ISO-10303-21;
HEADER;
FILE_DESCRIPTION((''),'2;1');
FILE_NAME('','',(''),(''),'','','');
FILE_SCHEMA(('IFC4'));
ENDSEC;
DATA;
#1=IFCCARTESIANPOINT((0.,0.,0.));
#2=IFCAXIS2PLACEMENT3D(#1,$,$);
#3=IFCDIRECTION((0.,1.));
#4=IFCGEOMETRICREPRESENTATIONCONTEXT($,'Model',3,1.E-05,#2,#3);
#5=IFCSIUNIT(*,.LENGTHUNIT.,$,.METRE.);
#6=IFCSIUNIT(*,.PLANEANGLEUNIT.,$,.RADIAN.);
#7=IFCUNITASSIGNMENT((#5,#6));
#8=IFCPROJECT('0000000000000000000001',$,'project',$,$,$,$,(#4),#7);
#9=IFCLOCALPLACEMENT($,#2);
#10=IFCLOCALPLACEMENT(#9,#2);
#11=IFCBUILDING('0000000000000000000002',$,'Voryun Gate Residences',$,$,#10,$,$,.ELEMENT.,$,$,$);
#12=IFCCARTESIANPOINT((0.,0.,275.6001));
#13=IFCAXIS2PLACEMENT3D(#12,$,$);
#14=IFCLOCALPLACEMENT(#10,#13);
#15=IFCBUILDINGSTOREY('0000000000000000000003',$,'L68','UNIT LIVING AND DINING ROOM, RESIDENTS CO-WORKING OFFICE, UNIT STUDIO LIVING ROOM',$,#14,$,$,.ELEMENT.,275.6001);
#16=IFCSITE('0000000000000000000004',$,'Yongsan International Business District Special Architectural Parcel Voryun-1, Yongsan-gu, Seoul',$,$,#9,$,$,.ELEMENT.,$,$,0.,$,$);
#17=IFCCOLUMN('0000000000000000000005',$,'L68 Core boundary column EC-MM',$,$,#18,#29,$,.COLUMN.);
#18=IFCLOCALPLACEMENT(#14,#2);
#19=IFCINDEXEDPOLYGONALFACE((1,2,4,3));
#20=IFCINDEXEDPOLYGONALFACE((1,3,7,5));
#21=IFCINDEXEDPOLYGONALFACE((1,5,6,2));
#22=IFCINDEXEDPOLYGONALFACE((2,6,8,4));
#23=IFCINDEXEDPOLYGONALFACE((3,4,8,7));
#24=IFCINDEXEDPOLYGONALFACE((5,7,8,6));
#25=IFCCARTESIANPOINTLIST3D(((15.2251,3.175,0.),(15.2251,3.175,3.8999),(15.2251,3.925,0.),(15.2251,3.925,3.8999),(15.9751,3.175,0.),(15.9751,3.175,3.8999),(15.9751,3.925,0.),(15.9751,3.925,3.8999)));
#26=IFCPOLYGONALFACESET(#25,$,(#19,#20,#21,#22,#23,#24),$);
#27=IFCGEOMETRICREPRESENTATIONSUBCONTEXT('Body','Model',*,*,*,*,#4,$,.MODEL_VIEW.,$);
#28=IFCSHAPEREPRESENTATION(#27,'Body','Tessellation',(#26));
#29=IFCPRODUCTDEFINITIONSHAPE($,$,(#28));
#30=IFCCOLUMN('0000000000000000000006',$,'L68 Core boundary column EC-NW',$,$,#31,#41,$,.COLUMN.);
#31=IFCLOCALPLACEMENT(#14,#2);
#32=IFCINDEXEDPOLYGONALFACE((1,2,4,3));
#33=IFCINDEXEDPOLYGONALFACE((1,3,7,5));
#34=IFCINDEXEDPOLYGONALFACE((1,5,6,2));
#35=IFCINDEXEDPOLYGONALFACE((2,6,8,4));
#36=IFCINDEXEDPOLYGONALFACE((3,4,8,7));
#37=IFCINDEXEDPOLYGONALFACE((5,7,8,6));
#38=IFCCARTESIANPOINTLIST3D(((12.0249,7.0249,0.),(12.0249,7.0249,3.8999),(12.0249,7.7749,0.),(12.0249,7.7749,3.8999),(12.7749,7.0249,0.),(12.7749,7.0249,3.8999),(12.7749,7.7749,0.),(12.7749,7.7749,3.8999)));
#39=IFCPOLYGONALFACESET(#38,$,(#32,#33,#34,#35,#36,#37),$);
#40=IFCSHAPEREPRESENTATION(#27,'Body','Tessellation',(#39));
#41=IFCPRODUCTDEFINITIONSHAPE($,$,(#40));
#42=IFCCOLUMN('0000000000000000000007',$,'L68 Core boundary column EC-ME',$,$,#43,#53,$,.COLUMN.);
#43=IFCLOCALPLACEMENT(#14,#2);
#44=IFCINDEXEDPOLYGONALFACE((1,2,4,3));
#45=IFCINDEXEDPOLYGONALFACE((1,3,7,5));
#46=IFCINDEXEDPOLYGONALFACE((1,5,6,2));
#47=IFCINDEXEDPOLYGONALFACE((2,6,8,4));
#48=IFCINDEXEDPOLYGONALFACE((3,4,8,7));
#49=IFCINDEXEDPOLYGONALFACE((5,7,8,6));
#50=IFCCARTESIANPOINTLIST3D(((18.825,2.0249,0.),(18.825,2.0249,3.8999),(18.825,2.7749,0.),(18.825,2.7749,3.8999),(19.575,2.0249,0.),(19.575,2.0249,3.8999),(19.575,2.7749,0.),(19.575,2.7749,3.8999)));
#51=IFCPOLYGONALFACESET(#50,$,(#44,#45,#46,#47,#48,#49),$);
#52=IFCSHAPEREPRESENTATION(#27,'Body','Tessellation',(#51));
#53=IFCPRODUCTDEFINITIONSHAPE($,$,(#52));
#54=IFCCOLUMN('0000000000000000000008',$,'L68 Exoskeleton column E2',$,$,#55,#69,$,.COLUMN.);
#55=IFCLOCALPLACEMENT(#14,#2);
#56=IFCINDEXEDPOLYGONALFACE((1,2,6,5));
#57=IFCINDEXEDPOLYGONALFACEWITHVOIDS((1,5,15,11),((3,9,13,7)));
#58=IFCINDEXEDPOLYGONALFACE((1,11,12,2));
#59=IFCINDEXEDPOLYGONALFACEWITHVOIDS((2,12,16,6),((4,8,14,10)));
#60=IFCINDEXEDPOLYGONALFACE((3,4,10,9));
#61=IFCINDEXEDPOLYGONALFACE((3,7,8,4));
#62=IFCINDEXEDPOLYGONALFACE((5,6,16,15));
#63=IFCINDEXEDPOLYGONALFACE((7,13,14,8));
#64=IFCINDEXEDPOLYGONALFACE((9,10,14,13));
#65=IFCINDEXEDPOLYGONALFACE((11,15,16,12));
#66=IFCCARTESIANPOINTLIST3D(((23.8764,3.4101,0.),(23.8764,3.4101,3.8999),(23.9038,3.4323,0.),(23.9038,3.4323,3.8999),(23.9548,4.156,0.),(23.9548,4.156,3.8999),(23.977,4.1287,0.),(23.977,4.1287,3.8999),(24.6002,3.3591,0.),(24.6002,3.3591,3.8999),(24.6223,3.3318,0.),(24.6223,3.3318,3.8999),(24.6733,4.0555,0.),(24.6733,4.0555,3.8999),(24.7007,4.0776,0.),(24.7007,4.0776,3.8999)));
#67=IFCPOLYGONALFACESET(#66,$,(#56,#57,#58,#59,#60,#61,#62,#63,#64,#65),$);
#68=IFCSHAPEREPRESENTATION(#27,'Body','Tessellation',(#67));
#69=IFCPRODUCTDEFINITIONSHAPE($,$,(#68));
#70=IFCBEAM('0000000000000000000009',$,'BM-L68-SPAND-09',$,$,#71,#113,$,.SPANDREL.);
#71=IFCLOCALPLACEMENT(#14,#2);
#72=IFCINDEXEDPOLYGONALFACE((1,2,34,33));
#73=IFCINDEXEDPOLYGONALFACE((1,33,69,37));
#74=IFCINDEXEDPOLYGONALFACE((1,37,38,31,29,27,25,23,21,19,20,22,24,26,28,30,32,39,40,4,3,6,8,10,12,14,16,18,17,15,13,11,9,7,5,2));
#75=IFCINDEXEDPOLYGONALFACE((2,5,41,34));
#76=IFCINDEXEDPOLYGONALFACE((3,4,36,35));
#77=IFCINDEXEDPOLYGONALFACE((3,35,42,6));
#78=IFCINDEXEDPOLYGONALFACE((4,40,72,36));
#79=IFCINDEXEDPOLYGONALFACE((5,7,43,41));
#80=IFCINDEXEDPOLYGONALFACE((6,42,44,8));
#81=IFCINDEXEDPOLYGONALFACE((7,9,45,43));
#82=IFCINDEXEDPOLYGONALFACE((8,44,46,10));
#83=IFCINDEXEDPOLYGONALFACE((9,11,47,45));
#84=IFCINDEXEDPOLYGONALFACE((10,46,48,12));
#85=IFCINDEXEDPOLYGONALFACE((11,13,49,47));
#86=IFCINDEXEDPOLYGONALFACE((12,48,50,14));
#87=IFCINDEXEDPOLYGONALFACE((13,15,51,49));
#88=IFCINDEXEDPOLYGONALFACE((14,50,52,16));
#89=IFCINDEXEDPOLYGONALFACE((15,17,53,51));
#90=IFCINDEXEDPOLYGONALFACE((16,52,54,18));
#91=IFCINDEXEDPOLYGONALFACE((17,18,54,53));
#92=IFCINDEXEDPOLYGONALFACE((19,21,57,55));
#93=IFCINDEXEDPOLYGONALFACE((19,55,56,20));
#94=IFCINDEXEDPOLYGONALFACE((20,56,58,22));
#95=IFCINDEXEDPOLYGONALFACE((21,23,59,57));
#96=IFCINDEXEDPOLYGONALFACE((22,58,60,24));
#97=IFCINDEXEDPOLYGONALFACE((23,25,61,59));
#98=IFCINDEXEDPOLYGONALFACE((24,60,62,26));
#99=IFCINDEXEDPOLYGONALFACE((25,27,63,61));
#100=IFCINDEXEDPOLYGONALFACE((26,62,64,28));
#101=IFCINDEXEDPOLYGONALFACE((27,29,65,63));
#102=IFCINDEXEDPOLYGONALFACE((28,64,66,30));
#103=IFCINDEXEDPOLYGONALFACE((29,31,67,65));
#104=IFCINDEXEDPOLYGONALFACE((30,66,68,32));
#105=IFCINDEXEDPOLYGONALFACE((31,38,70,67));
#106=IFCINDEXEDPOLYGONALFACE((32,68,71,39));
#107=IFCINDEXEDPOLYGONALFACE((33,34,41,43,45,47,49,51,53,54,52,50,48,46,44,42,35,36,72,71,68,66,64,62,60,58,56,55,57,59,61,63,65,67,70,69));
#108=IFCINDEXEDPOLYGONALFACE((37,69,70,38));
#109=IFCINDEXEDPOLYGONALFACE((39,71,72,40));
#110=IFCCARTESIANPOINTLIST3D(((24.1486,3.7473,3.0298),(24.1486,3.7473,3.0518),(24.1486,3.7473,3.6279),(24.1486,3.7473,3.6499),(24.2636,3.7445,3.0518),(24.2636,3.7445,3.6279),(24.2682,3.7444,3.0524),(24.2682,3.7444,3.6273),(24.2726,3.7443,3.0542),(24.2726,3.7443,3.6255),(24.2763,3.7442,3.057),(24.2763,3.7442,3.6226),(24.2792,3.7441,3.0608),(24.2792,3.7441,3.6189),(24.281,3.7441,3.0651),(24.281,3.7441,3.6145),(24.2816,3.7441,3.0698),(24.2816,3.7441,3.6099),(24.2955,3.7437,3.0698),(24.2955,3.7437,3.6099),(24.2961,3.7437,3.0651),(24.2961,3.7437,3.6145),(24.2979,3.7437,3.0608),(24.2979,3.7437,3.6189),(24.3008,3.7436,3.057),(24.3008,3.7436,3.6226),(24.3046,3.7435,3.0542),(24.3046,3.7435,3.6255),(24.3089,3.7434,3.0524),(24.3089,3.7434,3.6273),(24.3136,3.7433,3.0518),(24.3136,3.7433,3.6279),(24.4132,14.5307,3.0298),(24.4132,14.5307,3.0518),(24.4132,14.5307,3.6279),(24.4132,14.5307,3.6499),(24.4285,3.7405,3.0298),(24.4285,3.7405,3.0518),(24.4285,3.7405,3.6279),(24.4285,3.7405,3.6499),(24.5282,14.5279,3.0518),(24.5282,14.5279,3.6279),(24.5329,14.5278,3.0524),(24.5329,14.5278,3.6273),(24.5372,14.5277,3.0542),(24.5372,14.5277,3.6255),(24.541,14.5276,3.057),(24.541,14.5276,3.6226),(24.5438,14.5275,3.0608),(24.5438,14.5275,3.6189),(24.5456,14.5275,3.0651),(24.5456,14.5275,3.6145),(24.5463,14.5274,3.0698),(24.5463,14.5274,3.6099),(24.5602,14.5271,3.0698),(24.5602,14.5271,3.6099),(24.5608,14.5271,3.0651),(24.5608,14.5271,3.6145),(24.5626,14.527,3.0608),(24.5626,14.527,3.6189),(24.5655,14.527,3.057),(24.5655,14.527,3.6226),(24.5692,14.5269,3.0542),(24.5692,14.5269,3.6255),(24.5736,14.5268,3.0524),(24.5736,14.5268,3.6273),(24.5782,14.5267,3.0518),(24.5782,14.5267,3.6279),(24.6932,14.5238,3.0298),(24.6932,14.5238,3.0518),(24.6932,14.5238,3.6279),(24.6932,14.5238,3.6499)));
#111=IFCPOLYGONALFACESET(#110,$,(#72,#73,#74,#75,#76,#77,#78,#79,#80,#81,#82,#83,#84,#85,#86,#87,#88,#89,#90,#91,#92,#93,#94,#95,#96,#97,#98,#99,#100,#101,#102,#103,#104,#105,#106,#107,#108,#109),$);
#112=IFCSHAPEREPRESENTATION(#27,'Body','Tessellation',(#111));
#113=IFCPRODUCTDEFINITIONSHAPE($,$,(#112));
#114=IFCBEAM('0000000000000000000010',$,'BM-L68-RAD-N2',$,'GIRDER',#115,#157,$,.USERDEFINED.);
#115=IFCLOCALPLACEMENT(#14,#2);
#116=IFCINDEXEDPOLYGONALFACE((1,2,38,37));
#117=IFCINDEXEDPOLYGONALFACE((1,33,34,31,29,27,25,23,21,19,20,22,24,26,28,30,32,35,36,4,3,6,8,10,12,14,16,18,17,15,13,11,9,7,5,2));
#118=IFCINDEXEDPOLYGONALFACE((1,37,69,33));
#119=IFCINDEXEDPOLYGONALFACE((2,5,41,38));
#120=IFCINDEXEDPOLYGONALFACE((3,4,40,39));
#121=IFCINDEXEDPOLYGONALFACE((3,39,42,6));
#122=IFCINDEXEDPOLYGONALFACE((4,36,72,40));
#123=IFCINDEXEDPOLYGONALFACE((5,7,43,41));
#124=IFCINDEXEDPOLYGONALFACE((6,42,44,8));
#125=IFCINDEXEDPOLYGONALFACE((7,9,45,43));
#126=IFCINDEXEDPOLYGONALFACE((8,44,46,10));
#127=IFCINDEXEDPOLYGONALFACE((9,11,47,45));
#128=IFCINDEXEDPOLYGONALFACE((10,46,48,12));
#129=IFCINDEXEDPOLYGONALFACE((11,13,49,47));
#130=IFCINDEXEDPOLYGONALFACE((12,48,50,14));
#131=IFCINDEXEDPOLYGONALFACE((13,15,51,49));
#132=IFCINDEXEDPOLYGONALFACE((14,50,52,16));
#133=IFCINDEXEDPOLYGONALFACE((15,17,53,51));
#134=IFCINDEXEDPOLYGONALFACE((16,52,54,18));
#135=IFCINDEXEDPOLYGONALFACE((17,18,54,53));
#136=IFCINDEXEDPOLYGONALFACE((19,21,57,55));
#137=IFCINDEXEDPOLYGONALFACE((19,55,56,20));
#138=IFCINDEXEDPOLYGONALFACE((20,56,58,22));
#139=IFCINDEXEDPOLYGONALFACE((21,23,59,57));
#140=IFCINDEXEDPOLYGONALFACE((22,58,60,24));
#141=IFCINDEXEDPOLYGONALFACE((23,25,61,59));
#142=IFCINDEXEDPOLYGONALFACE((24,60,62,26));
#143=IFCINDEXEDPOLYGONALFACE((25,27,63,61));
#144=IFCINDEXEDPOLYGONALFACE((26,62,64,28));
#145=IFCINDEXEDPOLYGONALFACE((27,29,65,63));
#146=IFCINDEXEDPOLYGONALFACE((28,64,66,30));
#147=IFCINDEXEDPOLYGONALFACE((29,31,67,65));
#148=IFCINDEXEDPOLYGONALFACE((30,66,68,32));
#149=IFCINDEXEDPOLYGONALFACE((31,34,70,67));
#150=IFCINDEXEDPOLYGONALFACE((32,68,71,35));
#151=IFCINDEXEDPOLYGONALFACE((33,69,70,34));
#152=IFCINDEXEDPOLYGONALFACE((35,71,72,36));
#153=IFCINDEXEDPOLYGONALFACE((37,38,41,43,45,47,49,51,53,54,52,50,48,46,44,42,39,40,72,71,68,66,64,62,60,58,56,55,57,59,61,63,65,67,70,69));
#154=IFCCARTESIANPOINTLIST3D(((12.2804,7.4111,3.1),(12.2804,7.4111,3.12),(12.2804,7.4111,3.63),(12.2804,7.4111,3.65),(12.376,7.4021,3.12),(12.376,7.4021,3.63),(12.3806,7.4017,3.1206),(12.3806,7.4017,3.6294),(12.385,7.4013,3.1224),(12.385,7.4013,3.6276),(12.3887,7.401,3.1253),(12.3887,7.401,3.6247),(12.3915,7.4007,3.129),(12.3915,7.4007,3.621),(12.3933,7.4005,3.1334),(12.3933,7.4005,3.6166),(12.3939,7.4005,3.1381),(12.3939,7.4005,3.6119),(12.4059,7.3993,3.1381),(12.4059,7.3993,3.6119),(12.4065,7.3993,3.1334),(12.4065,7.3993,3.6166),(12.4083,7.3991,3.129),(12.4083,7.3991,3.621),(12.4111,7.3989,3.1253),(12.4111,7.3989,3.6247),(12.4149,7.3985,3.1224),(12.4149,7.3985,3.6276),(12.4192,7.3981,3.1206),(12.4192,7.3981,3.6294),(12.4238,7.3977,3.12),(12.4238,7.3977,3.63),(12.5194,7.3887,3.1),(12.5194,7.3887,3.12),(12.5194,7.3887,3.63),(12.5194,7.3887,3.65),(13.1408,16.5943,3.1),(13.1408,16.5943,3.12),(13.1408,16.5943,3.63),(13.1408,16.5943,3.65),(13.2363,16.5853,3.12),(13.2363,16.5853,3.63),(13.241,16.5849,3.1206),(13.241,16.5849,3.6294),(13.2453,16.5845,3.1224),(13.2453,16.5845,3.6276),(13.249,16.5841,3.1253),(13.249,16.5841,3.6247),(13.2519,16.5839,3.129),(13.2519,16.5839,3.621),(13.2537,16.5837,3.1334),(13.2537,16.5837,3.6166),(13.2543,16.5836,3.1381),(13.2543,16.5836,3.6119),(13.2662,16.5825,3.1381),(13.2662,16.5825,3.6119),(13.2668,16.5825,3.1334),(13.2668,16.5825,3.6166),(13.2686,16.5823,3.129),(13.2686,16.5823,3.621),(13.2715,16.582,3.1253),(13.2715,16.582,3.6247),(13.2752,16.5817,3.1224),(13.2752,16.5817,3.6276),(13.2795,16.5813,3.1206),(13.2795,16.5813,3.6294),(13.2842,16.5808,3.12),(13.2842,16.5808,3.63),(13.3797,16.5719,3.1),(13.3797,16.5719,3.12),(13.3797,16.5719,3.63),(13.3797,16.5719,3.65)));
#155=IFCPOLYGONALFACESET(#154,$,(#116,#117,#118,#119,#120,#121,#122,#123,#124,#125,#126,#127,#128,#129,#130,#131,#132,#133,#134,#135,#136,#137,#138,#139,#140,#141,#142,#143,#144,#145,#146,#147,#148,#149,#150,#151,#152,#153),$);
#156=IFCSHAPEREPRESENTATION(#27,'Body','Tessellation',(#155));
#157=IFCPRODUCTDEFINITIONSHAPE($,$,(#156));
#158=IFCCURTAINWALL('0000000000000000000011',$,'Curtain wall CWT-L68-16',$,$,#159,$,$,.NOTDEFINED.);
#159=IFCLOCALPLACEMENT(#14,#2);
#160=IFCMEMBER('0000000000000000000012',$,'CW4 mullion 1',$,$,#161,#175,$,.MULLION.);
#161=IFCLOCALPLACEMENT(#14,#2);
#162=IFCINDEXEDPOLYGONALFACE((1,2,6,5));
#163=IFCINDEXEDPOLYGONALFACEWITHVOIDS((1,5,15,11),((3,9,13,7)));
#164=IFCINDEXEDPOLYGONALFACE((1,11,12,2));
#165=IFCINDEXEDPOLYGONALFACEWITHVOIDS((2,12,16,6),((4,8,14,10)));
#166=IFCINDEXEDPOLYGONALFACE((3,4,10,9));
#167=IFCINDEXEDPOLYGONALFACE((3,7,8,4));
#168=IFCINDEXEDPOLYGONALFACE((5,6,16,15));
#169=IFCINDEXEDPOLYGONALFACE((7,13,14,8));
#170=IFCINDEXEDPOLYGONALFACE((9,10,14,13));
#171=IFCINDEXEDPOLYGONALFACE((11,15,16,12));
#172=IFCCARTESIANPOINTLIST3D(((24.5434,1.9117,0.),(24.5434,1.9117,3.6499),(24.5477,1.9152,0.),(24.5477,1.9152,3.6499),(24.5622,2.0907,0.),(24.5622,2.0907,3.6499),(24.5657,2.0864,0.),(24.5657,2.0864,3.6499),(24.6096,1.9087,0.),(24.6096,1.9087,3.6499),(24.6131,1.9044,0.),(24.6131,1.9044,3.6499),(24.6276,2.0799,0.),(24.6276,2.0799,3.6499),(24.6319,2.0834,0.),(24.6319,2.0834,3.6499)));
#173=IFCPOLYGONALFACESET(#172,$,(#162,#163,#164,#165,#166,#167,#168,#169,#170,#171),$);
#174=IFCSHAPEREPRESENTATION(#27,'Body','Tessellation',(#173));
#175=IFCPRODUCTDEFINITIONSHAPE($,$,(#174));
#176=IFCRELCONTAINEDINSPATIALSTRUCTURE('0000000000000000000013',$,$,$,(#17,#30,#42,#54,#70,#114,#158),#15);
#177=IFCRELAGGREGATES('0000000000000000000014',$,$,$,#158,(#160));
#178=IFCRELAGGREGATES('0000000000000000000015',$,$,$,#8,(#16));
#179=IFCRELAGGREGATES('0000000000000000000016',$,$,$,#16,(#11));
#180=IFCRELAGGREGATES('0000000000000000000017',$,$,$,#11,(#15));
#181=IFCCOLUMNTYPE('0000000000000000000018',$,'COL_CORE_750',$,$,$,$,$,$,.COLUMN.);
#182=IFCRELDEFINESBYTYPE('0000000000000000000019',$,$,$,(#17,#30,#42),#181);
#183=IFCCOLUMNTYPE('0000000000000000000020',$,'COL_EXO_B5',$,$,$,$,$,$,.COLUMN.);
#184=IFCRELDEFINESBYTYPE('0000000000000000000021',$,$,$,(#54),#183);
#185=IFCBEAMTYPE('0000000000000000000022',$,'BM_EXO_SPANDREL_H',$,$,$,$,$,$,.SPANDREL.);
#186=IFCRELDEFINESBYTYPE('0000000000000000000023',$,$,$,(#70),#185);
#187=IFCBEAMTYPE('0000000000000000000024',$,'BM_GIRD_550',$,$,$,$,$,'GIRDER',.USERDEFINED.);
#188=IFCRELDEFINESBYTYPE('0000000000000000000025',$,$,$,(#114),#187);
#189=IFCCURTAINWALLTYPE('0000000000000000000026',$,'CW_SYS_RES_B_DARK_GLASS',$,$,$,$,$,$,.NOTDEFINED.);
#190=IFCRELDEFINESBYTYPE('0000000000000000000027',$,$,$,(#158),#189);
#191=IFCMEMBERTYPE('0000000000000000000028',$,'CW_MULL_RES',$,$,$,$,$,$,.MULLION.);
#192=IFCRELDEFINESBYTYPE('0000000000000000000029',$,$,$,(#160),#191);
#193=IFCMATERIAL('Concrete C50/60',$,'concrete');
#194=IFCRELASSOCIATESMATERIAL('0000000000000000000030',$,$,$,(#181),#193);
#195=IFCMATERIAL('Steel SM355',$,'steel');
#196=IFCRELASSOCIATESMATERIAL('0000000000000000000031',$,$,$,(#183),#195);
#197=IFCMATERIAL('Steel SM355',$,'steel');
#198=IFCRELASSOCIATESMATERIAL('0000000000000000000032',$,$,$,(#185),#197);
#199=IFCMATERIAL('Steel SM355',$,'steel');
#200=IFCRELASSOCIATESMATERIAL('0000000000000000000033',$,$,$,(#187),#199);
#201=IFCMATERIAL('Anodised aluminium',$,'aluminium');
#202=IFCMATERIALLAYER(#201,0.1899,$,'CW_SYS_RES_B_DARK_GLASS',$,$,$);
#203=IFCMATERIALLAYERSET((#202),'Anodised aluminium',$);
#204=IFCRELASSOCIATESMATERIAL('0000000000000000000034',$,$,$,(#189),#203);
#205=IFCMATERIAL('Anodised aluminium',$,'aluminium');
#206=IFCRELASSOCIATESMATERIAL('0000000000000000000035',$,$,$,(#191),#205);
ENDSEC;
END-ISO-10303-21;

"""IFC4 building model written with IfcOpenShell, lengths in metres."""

from ifc_helpers import new_model, si_unit, direction, frame, origin, origin_2d, place, context, subcontext, project, spatial, rectangle, hollow_rectangle, i_section, extrude, material, layer, layer_set, material_profile, profile_set, type_object, element, aggregate, save


model = new_model("IFC4")

# Units and contexts
model_context = context("Model", 3, precision=1e-05, world=origin(), true_north=direction((0.0, 1.0)))
body_context = subcontext(model_context, "Body", "Model", "MODEL_VIEW")
ifc_project = project(units=[si_unit("LENGTHUNIT", "METRE"), si_unit("PLANEANGLEUNIT", "RADIAN")], contexts=[model_context])

# Site, building, storey
site_placement = place(None, origin())
site = spatial("IfcSite", under=ifc_project, at=site_placement, Name="Yongsan International Business District Special Architectural Parcel Voryun-1, Yongsan-gu, Seoul", CompositionType="ELEMENT", RefElevation=0.0)
building_placement = place(site_placement, origin())
building = spatial("IfcBuilding", under=site, at=building_placement, Name="Voryun Gate Residences", CompositionType="ELEMENT")
storey_placement = place(building_placement, frame((0.0, 0.0, 275.6001)))
storey = spatial("IfcBuildingStorey", under=building, at=storey_placement, Name="L68", Description="UNIT LIVING AND DINING ROOM, RESIDENTS CO-WORKING OFFICE, UNIT STUDIO LIVING ROOM", CompositionType="ELEMENT", Elevation=275.6001)

# Columns
ifc_material_1 = material(Name="Concrete C50/60", Category="concrete")
ifc_material_profile_1 = material_profile(ifc_material_1, rectangle(XDim=0.75, YDim=0.75, at=origin_2d()), Name="RC-750x750")
ifc_profile_set_1 = profile_set([ifc_material_profile_1], Name="Concrete C50/60")
column_type_1 = type_object("IfcColumnType", Name="COL_CORE_750", PredefinedType="COLUMN", material=ifc_profile_set_1)
for number, where, z_axis, x_axis, name in (
    (1, (15.6001, 3.55, 0.0), (0.0, 0.0, 1.0), (1.0, 0.0, 0.0), "L68 Core boundary column EC-MM"),
    (2, (12.3999, 7.3999, 0.0), (0.0, 0.0, 1.0), (1.0, 0.0, 0.0), "L68 Core boundary column EC-NW"),
    (3, (19.2, 2.3999, 0.0), (0.0, 0.0, 1.0), (1.0, 0.0, 0.0), "L68 Core boundary column EC-ME"),
):
    element("IfcColumn", number, at=place(storey_placement, frame(where, z_axis=z_axis, x_axis=x_axis)), inside=storey, type_object=column_type_1, Name=name, PredefinedType="COLUMN", context=body_context, shape_type="SweptSolid", body=[
        extrude(rectangle(XDim=0.75, YDim=0.75, at=origin_2d()), origin(), (0.0, 0.0, 1.0), 3.8999),
    ])
ifc_material_2 = material(Name="Steel SM355", Category="steel")
ifc_material_profile_2 = material_profile(ifc_material_2, hollow_rectangle(XDim=0.75, YDim=0.75, WallThickness=0.0249, at=origin_2d()), Name="BOX-750x750x25")
ifc_profile_set_2 = profile_set([ifc_material_profile_2], Name="Steel SM355")
column_type_2 = type_object("IfcColumnType", Name="COL_EXO_B5", PredefinedType="COLUMN", material=ifc_profile_set_2)
column_placement = place(storey_placement, frame((24.2886, 3.7439, 0.0), z_axis=(0.0, 0.0, 1.0), x_axis=(0.994522, -0.104528, 0.0)))
element("IfcColumn", 4, at=column_placement, inside=storey, type_object=column_type_2, Name="L68 Exoskeleton column E2", PredefinedType="COLUMN", context=body_context, shape_type="SweptSolid", body=[
    extrude(hollow_rectangle(XDim=0.75, YDim=0.75, WallThickness=0.0249, at=origin_2d()), origin(), (0.0, 0.0, 1.0), 3.8999),
])

# Beams
ifc_material_3 = material(Name="Steel SM355", Category="steel")
ifc_material_profile_3 = material_profile(ifc_material_3, i_section(OverallWidth=0.28, OverallDepth=0.6201, WebThickness=0.0139, FlangeThickness=0.022, FilletRadius=0.0181, at=origin_2d()), Name="H-620x280x14x22")
ifc_profile_set_3 = profile_set([ifc_material_profile_3], Name="Steel SM355")
beam_type_1 = type_object("IfcBeamType", Name="BM_EXO_SPANDREL_H", PredefinedType="SPANDREL", material=ifc_profile_set_3)
beam_1_placement = place(storey_placement, frame((24.2886, 3.7439, 3.3398), z_axis=(0.024535, 0.999699, 0.0), x_axis=(-0.999699, 0.024535, 0.0)))
element("IfcBeam", 5, at=beam_1_placement, inside=storey, type_object=beam_type_1, Name="BM-L68-SPAND-09", PredefinedType="SPANDREL", context=body_context, shape_type="SweptSolid", body=[
    extrude(i_section(OverallWidth=0.28, OverallDepth=0.6201, WebThickness=0.0139, FlangeThickness=0.022, FilletRadius=0.0181, at=origin_2d()), origin(), (0.0, 0.0, 1.0), 10.7866),
])
ifc_material_4 = material(Name="Steel SM355", Category="steel")
ifc_material_profile_4 = material_profile(ifc_material_4, i_section(OverallWidth=0.24, OverallDepth=0.55, WebThickness=0.012, FlangeThickness=0.02, FilletRadius=0.0181, at=origin_2d()), Name="H-550x240x12x20")
ifc_profile_set_4 = profile_set([ifc_material_profile_4], Name="Steel SM355")
beam_type_2 = type_object("IfcBeamType", Name="BM_GIRD_550", ElementType="GIRDER", PredefinedType="USERDEFINED", material=ifc_profile_set_4)
beam_2_placement = place(storey_placement, frame((12.3999, 7.3999, 3.375), z_axis=(0.09328, 0.99564, 0.0), x_axis=(-0.99564, 0.09328, 0.0)))
element("IfcBeam", 6, at=beam_2_placement, inside=storey, type_object=beam_type_2, Name="BM-L68-RAD-N2", ObjectType="GIRDER", PredefinedType="USERDEFINED", context=body_context, shape_type="SweptSolid", body=[
    extrude(i_section(OverallWidth=0.24, OverallDepth=0.55, WebThickness=0.012, FlangeThickness=0.02, FilletRadius=0.0181, at=origin_2d()), origin(), (0.0, 0.0, 1.0), 9.2234),
])

# Curtain wall, member
ifc_material_5 = material(Name="Anodised aluminium", Category="aluminium")
ifc_layer_1 = layer(ifc_material_5, 0.1899, Name="CW_SYS_RES_B_DARK_GLASS")
ifc_layer_set_1 = layer_set([ifc_layer_1], Name="Anodised aluminium")
curtain_wall_type = type_object("IfcCurtainWallType", Name="CW_SYS_RES_B_DARK_GLASS", PredefinedType="NOTDEFINED", material=ifc_layer_set_1)
curtain_wall_placement = place(storey_placement, origin())
curtain_wall = element("IfcCurtainWall", 7, at=curtain_wall_placement, inside=storey, type_object=curtain_wall_type, Name="Curtain wall CWT-L68-16", PredefinedType="NOTDEFINED")
ifc_material_6 = material(Name="Anodised aluminium", Category="aluminium")
ifc_material_profile_5 = material_profile(ifc_material_6, hollow_rectangle(XDim=0.0701, YDim=0.1799, WallThickness=0.0039, at=origin_2d()), Name="ALU-MULL-180x70x4")
ifc_profile_set_5 = profile_set([ifc_material_profile_5], Name="Anodised aluminium")
member_type_1 = type_object("IfcMemberType", Name="CW_MULL_RES", PredefinedType="MULLION", material=ifc_profile_set_5)
member_1_placement = place(storey_placement, frame((24.5876, 1.9976, 0.0), z_axis=(0.0, 0.0, 1.0), x_axis=(0.994521, -0.104536, 0.0)))
member_1 = element("IfcMember", 8, at=member_1_placement, type_object=member_type_1, Name="CW4 mullion 1", PredefinedType="MULLION", context=body_context, shape_type="SweptSolid", body=[
    extrude(hollow_rectangle(XDim=0.0701, YDim=0.1799, WallThickness=0.0039, at=origin_2d()), origin(), (0.0, 0.0, 1.0), 3.6499),
])
aggregate(curtain_wall, [member_1])

save(model, "model.ifc")
